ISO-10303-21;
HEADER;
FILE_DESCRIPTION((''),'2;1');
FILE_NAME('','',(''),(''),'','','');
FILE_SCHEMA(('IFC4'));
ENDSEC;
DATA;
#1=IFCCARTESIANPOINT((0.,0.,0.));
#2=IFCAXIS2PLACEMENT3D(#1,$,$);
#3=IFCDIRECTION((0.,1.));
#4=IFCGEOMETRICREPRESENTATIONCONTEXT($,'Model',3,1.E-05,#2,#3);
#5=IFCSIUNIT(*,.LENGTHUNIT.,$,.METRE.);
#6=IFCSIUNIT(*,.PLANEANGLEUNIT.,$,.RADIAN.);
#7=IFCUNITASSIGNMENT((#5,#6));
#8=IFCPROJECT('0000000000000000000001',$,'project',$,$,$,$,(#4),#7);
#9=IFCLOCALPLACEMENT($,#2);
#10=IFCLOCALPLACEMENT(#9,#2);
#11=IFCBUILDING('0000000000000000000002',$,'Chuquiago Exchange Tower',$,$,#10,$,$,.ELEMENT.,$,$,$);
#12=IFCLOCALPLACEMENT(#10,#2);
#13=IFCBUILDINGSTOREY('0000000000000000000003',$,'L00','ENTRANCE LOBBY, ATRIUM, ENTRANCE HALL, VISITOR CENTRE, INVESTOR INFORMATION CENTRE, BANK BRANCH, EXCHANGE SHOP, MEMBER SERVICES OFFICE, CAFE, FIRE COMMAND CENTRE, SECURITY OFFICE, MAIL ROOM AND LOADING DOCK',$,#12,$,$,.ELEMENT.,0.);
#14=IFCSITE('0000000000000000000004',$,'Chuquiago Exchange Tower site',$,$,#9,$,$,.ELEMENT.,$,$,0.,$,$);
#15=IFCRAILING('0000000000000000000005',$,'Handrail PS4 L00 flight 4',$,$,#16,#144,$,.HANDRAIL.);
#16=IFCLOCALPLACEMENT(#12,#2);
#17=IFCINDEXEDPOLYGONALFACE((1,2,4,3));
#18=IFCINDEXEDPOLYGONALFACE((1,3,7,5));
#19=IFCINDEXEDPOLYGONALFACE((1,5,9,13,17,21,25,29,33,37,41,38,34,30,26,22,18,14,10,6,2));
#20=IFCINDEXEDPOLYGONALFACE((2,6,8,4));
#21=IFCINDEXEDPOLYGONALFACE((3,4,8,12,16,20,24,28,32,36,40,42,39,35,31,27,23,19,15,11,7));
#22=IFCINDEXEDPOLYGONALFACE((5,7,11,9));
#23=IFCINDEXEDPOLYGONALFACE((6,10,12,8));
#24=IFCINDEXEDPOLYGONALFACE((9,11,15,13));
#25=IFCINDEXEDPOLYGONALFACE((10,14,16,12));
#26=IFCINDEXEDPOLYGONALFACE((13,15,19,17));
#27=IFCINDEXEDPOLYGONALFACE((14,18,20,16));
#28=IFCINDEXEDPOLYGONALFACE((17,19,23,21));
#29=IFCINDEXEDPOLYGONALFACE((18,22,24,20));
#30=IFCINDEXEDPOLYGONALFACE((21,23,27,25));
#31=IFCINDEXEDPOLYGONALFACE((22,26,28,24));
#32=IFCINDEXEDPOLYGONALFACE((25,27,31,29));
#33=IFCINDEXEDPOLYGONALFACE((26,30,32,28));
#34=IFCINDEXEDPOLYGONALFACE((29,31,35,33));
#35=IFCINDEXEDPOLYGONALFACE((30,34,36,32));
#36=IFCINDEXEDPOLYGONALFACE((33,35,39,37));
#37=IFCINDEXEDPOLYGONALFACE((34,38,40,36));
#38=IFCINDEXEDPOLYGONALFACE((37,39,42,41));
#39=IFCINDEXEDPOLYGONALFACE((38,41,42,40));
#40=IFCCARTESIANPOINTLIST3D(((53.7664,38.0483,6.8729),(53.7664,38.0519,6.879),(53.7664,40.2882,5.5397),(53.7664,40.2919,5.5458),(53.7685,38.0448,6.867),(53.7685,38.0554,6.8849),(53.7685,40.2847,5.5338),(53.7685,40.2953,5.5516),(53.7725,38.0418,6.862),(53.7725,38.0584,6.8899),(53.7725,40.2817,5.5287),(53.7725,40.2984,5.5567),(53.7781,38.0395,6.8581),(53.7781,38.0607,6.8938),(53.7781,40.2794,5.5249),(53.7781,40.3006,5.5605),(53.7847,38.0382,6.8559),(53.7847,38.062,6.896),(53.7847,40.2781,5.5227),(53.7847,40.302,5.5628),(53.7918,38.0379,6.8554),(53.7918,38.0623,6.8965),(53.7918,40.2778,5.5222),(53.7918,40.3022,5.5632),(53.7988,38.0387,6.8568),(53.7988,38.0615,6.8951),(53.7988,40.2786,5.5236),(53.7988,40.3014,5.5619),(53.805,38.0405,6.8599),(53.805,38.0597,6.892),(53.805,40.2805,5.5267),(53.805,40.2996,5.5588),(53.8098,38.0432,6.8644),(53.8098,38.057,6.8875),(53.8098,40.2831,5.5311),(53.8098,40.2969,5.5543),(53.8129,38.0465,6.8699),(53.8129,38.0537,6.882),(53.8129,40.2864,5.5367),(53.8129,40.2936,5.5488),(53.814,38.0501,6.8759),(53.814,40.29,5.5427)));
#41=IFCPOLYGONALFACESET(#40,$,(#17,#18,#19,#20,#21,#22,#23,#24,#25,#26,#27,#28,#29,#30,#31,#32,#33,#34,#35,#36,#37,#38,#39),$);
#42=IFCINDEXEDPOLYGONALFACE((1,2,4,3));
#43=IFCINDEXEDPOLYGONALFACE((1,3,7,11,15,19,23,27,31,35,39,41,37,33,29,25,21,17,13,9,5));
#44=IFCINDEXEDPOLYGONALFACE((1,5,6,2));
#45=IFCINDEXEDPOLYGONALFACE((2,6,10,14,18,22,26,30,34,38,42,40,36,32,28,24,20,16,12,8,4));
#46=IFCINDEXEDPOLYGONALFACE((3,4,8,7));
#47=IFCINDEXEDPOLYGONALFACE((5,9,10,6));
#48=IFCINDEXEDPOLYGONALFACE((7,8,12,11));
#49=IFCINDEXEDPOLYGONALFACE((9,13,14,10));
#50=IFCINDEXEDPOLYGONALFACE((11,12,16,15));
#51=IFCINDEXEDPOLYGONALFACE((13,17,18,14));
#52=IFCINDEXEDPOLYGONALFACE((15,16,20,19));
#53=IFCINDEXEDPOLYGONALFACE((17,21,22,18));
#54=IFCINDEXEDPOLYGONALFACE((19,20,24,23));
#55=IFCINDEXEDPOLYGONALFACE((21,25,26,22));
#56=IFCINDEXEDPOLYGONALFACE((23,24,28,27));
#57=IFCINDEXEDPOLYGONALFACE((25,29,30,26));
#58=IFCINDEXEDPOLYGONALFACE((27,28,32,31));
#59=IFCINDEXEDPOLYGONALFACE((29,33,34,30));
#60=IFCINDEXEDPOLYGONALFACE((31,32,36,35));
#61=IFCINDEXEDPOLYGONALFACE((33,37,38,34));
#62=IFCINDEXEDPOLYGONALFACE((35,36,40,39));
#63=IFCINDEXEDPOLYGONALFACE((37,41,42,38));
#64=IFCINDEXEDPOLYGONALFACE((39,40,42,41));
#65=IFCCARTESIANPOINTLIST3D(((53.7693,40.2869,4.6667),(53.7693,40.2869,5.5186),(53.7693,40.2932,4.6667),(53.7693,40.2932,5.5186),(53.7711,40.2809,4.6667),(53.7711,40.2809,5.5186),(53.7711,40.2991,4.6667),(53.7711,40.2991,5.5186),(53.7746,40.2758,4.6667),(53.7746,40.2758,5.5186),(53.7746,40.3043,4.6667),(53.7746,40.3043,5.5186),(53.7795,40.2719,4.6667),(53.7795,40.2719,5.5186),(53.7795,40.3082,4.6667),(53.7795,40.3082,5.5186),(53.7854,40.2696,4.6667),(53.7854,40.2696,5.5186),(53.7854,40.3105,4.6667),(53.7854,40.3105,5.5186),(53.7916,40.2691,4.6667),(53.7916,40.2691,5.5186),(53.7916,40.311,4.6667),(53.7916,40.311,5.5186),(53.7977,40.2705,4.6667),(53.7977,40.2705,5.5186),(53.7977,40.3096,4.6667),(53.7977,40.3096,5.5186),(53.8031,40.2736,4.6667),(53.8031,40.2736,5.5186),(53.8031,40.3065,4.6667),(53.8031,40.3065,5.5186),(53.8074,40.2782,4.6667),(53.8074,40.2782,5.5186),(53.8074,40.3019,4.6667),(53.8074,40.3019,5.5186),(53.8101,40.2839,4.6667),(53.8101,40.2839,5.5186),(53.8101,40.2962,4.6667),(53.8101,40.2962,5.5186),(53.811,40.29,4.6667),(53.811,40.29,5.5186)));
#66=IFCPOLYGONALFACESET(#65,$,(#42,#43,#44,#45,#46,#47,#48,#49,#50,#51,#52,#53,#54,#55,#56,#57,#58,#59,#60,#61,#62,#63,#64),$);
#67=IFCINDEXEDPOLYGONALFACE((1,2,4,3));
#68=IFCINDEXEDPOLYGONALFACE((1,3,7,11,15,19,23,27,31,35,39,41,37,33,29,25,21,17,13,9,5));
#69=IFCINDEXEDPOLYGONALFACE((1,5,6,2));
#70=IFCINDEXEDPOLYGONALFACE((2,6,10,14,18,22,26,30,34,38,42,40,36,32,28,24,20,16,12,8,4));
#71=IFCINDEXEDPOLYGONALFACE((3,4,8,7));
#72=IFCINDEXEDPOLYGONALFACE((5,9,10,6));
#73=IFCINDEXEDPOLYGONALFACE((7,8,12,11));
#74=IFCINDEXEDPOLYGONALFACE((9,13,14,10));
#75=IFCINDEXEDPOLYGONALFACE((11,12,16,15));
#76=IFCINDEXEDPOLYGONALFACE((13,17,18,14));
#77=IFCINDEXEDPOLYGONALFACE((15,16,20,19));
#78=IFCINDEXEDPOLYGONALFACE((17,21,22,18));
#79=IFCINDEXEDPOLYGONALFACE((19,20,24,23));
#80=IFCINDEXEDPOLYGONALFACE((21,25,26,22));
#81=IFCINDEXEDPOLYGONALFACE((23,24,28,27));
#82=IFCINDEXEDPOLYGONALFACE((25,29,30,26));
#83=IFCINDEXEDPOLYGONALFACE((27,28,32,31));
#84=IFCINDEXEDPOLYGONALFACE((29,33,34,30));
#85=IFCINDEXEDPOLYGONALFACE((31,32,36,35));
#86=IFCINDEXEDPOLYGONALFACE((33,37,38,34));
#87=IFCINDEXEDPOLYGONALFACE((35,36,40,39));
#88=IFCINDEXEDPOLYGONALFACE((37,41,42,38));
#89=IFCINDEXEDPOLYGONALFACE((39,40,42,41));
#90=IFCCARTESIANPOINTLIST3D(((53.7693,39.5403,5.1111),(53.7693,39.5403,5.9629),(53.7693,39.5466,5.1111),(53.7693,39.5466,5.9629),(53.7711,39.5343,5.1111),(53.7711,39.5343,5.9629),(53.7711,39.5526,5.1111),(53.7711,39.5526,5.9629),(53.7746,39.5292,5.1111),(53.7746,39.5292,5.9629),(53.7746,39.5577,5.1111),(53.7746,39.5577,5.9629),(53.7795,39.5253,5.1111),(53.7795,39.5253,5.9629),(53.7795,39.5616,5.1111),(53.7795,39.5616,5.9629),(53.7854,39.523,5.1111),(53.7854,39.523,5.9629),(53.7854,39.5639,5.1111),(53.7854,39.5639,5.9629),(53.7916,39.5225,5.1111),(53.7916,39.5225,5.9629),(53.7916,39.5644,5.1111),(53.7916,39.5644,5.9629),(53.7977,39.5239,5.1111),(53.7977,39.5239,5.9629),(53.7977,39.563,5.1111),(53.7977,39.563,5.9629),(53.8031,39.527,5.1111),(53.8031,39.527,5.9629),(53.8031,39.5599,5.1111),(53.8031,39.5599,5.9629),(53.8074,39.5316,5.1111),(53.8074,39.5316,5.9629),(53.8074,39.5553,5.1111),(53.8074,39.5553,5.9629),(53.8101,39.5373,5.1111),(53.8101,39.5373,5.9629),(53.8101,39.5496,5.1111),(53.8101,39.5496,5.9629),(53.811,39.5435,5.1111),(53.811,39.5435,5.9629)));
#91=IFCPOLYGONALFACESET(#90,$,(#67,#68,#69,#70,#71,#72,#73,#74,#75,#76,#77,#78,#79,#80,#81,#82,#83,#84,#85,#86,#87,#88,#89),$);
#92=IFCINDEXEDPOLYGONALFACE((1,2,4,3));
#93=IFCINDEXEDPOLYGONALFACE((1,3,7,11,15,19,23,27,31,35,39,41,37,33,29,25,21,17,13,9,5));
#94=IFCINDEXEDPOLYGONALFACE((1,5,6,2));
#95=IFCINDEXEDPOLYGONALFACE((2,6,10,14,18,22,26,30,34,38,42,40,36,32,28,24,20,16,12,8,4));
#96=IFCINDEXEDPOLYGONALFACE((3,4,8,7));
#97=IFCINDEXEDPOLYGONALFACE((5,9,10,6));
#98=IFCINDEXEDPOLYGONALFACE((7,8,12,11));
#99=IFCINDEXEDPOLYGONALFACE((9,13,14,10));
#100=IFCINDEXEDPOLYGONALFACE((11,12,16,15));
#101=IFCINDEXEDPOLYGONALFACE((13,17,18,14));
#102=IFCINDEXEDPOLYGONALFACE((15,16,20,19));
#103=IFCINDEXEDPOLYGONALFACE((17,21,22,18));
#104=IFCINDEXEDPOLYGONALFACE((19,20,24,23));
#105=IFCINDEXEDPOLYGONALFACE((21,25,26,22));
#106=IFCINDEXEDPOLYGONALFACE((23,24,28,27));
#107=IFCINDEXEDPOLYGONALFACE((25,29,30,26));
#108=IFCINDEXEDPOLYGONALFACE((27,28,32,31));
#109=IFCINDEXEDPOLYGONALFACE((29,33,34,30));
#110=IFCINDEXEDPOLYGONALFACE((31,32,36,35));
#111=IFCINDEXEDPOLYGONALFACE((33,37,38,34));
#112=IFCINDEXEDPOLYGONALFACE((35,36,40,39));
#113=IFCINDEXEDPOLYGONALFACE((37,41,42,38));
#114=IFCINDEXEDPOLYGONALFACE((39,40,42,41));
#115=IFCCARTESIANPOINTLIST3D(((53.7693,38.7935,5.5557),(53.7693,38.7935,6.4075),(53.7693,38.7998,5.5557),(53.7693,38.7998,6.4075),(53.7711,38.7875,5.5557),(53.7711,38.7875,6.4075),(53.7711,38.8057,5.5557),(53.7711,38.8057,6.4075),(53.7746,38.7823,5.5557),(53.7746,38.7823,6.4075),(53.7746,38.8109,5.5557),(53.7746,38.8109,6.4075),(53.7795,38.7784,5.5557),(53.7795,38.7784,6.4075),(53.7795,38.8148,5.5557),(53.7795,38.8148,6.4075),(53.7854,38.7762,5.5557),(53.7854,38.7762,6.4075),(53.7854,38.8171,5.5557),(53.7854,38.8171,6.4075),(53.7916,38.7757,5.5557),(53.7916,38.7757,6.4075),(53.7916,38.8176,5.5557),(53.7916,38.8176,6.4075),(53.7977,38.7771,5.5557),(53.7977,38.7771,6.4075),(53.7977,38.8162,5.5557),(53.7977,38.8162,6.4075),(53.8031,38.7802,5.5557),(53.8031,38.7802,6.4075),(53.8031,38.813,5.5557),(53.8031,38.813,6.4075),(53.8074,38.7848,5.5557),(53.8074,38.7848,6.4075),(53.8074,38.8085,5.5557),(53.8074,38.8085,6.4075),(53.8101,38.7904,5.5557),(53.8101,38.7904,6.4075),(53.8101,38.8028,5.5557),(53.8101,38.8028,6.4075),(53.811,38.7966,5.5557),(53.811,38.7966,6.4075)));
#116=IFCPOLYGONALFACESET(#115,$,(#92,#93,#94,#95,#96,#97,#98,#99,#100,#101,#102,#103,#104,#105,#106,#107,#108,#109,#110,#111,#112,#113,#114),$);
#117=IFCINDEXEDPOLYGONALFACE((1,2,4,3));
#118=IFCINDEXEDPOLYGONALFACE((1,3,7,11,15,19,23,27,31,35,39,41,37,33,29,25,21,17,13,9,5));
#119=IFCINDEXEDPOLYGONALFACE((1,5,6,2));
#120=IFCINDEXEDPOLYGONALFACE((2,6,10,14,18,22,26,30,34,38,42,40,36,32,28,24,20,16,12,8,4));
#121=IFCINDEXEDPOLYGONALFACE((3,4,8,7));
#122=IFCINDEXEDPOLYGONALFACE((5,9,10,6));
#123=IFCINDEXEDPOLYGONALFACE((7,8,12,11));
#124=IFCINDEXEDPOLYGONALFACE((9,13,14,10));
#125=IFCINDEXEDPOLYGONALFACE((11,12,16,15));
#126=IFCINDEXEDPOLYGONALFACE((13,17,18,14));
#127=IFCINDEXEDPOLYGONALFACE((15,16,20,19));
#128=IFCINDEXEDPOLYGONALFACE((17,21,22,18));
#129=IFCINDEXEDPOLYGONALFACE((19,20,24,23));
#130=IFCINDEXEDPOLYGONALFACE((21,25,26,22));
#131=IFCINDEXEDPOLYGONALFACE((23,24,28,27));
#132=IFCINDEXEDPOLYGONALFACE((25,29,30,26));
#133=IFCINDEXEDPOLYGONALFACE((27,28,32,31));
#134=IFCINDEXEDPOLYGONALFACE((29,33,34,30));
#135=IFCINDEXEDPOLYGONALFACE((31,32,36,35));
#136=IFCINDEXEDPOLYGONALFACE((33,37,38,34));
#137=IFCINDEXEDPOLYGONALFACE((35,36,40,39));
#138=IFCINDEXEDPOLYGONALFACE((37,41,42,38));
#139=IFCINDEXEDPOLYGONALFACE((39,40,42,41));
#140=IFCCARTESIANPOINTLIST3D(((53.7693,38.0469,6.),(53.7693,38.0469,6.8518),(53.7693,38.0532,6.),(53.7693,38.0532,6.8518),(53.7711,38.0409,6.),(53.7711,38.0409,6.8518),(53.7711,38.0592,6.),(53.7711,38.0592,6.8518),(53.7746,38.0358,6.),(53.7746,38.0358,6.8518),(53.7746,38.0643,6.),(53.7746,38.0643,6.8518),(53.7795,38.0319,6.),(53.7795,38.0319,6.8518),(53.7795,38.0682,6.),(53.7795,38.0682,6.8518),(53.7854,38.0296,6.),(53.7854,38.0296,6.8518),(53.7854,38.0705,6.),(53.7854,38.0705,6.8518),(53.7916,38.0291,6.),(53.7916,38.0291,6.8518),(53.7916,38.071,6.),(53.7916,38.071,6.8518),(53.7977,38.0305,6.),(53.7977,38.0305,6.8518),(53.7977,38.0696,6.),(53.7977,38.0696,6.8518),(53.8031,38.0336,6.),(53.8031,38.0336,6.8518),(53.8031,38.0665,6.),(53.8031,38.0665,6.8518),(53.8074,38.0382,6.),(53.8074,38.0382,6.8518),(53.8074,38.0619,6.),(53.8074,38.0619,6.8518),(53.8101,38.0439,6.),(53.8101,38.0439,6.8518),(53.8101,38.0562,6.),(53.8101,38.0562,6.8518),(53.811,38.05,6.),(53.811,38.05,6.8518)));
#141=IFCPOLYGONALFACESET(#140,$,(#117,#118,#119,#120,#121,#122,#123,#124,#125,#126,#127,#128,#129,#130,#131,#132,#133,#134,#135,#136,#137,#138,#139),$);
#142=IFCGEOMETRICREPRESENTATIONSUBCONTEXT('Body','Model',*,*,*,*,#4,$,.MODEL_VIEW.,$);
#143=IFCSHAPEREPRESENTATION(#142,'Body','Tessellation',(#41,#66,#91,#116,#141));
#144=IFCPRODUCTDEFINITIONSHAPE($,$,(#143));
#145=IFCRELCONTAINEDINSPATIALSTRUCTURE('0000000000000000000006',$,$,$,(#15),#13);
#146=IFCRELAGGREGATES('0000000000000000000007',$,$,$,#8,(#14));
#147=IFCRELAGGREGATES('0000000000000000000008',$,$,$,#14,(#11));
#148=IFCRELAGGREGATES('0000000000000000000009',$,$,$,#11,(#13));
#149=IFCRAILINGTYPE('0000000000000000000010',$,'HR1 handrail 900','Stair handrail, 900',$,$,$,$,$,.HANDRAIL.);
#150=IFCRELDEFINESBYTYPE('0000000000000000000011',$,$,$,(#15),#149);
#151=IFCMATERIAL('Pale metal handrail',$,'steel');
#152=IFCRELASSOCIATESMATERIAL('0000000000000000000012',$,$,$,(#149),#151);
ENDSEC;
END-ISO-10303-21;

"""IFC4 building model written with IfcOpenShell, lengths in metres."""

from ifc_helpers import new_model, si_unit, direction, frame, origin, origin_2d, place, context, subcontext, project, spatial, circle, extrude, material, type_object, element, save


model = new_model("IFC4")

# Units and contexts
model_context = context("Model", 3, precision=1e-05, world=origin(), true_north=direction((0.0, 1.0)))
body_context = subcontext(model_context, "Body", "Model", "MODEL_VIEW")
ifc_project = project(units=[si_unit("LENGTHUNIT", "METRE"), si_unit("PLANEANGLEUNIT", "RADIAN")], contexts=[model_context])

# Site, building, storey
site_placement = place(None, origin())
site = spatial("IfcSite", under=ifc_project, at=site_placement, Name="Chuquiago Exchange Tower site", CompositionType="ELEMENT", RefElevation=0.0)
building_placement = place(site_placement, origin())
building = spatial("IfcBuilding", under=site, at=building_placement, Name="Chuquiago Exchange Tower", CompositionType="ELEMENT")
storey_placement = place(building_placement, origin())
storey = spatial("IfcBuildingStorey", under=building, at=storey_placement, Name="L00", Description="ENTRANCE LOBBY, ATRIUM, ENTRANCE HALL, VISITOR CENTRE, INVESTOR INFORMATION CENTRE, BANK BRANCH, EXCHANGE SHOP, MEMBER SERVICES OFFICE, CAFE, FIRE COMMAND CENTRE, SECURITY OFFICE, MAIL ROOM AND LOADING DOCK", CompositionType="ELEMENT", Elevation=0.0)

# Railing
ifc_material_1 = material(Name="Pale metal handrail", Category="steel")
railing_type = type_object("IfcRailingType", Name="HR1 handrail 900", Description="Stair handrail, 900", PredefinedType="HANDRAIL", material=ifc_material_1)
for number, where, name in (
    (1, (53.79, 40.29, 4.6667), "Handrail PS4 L00 flight 4"),
):
    element("IfcRailing", number, at=place(storey_placement, frame(where)), inside=storey, type_object=railing_type, Name=name, PredefinedType="HANDRAIL", context=body_context, shape_type="SweptSolid", body=[
        extrude(circle(Radius=0.0239, at=origin_2d()), frame((0.0, 0.0, 0.876), z_axis=(0.0, -0.859306, 0.511462), x_axis=(1.0, 0.0, 0.0)), (0.0, 0.0, 1.0), 2.6067),
        extrude(circle(Radius=0.021, at=origin_2d()), origin(), (0.0, 0.0, 1.0), 0.8518),
        extrude(circle(Radius=0.021, at=origin_2d()), frame((0.0, -0.7466, 0.4443)), (0.0, 0.0, 1.0), 0.8518),
        extrude(circle(Radius=0.021, at=origin_2d()), frame((0.0, -1.4934, 0.8889)), (0.0, 0.0, 1.0), 0.8518),
        extrude(circle(Radius=0.021, at=origin_2d()), frame((0.0, -2.24, 1.3333)), (0.0, 0.0, 1.0), 0.8518),
    ])

save(model, "model.ifc")
